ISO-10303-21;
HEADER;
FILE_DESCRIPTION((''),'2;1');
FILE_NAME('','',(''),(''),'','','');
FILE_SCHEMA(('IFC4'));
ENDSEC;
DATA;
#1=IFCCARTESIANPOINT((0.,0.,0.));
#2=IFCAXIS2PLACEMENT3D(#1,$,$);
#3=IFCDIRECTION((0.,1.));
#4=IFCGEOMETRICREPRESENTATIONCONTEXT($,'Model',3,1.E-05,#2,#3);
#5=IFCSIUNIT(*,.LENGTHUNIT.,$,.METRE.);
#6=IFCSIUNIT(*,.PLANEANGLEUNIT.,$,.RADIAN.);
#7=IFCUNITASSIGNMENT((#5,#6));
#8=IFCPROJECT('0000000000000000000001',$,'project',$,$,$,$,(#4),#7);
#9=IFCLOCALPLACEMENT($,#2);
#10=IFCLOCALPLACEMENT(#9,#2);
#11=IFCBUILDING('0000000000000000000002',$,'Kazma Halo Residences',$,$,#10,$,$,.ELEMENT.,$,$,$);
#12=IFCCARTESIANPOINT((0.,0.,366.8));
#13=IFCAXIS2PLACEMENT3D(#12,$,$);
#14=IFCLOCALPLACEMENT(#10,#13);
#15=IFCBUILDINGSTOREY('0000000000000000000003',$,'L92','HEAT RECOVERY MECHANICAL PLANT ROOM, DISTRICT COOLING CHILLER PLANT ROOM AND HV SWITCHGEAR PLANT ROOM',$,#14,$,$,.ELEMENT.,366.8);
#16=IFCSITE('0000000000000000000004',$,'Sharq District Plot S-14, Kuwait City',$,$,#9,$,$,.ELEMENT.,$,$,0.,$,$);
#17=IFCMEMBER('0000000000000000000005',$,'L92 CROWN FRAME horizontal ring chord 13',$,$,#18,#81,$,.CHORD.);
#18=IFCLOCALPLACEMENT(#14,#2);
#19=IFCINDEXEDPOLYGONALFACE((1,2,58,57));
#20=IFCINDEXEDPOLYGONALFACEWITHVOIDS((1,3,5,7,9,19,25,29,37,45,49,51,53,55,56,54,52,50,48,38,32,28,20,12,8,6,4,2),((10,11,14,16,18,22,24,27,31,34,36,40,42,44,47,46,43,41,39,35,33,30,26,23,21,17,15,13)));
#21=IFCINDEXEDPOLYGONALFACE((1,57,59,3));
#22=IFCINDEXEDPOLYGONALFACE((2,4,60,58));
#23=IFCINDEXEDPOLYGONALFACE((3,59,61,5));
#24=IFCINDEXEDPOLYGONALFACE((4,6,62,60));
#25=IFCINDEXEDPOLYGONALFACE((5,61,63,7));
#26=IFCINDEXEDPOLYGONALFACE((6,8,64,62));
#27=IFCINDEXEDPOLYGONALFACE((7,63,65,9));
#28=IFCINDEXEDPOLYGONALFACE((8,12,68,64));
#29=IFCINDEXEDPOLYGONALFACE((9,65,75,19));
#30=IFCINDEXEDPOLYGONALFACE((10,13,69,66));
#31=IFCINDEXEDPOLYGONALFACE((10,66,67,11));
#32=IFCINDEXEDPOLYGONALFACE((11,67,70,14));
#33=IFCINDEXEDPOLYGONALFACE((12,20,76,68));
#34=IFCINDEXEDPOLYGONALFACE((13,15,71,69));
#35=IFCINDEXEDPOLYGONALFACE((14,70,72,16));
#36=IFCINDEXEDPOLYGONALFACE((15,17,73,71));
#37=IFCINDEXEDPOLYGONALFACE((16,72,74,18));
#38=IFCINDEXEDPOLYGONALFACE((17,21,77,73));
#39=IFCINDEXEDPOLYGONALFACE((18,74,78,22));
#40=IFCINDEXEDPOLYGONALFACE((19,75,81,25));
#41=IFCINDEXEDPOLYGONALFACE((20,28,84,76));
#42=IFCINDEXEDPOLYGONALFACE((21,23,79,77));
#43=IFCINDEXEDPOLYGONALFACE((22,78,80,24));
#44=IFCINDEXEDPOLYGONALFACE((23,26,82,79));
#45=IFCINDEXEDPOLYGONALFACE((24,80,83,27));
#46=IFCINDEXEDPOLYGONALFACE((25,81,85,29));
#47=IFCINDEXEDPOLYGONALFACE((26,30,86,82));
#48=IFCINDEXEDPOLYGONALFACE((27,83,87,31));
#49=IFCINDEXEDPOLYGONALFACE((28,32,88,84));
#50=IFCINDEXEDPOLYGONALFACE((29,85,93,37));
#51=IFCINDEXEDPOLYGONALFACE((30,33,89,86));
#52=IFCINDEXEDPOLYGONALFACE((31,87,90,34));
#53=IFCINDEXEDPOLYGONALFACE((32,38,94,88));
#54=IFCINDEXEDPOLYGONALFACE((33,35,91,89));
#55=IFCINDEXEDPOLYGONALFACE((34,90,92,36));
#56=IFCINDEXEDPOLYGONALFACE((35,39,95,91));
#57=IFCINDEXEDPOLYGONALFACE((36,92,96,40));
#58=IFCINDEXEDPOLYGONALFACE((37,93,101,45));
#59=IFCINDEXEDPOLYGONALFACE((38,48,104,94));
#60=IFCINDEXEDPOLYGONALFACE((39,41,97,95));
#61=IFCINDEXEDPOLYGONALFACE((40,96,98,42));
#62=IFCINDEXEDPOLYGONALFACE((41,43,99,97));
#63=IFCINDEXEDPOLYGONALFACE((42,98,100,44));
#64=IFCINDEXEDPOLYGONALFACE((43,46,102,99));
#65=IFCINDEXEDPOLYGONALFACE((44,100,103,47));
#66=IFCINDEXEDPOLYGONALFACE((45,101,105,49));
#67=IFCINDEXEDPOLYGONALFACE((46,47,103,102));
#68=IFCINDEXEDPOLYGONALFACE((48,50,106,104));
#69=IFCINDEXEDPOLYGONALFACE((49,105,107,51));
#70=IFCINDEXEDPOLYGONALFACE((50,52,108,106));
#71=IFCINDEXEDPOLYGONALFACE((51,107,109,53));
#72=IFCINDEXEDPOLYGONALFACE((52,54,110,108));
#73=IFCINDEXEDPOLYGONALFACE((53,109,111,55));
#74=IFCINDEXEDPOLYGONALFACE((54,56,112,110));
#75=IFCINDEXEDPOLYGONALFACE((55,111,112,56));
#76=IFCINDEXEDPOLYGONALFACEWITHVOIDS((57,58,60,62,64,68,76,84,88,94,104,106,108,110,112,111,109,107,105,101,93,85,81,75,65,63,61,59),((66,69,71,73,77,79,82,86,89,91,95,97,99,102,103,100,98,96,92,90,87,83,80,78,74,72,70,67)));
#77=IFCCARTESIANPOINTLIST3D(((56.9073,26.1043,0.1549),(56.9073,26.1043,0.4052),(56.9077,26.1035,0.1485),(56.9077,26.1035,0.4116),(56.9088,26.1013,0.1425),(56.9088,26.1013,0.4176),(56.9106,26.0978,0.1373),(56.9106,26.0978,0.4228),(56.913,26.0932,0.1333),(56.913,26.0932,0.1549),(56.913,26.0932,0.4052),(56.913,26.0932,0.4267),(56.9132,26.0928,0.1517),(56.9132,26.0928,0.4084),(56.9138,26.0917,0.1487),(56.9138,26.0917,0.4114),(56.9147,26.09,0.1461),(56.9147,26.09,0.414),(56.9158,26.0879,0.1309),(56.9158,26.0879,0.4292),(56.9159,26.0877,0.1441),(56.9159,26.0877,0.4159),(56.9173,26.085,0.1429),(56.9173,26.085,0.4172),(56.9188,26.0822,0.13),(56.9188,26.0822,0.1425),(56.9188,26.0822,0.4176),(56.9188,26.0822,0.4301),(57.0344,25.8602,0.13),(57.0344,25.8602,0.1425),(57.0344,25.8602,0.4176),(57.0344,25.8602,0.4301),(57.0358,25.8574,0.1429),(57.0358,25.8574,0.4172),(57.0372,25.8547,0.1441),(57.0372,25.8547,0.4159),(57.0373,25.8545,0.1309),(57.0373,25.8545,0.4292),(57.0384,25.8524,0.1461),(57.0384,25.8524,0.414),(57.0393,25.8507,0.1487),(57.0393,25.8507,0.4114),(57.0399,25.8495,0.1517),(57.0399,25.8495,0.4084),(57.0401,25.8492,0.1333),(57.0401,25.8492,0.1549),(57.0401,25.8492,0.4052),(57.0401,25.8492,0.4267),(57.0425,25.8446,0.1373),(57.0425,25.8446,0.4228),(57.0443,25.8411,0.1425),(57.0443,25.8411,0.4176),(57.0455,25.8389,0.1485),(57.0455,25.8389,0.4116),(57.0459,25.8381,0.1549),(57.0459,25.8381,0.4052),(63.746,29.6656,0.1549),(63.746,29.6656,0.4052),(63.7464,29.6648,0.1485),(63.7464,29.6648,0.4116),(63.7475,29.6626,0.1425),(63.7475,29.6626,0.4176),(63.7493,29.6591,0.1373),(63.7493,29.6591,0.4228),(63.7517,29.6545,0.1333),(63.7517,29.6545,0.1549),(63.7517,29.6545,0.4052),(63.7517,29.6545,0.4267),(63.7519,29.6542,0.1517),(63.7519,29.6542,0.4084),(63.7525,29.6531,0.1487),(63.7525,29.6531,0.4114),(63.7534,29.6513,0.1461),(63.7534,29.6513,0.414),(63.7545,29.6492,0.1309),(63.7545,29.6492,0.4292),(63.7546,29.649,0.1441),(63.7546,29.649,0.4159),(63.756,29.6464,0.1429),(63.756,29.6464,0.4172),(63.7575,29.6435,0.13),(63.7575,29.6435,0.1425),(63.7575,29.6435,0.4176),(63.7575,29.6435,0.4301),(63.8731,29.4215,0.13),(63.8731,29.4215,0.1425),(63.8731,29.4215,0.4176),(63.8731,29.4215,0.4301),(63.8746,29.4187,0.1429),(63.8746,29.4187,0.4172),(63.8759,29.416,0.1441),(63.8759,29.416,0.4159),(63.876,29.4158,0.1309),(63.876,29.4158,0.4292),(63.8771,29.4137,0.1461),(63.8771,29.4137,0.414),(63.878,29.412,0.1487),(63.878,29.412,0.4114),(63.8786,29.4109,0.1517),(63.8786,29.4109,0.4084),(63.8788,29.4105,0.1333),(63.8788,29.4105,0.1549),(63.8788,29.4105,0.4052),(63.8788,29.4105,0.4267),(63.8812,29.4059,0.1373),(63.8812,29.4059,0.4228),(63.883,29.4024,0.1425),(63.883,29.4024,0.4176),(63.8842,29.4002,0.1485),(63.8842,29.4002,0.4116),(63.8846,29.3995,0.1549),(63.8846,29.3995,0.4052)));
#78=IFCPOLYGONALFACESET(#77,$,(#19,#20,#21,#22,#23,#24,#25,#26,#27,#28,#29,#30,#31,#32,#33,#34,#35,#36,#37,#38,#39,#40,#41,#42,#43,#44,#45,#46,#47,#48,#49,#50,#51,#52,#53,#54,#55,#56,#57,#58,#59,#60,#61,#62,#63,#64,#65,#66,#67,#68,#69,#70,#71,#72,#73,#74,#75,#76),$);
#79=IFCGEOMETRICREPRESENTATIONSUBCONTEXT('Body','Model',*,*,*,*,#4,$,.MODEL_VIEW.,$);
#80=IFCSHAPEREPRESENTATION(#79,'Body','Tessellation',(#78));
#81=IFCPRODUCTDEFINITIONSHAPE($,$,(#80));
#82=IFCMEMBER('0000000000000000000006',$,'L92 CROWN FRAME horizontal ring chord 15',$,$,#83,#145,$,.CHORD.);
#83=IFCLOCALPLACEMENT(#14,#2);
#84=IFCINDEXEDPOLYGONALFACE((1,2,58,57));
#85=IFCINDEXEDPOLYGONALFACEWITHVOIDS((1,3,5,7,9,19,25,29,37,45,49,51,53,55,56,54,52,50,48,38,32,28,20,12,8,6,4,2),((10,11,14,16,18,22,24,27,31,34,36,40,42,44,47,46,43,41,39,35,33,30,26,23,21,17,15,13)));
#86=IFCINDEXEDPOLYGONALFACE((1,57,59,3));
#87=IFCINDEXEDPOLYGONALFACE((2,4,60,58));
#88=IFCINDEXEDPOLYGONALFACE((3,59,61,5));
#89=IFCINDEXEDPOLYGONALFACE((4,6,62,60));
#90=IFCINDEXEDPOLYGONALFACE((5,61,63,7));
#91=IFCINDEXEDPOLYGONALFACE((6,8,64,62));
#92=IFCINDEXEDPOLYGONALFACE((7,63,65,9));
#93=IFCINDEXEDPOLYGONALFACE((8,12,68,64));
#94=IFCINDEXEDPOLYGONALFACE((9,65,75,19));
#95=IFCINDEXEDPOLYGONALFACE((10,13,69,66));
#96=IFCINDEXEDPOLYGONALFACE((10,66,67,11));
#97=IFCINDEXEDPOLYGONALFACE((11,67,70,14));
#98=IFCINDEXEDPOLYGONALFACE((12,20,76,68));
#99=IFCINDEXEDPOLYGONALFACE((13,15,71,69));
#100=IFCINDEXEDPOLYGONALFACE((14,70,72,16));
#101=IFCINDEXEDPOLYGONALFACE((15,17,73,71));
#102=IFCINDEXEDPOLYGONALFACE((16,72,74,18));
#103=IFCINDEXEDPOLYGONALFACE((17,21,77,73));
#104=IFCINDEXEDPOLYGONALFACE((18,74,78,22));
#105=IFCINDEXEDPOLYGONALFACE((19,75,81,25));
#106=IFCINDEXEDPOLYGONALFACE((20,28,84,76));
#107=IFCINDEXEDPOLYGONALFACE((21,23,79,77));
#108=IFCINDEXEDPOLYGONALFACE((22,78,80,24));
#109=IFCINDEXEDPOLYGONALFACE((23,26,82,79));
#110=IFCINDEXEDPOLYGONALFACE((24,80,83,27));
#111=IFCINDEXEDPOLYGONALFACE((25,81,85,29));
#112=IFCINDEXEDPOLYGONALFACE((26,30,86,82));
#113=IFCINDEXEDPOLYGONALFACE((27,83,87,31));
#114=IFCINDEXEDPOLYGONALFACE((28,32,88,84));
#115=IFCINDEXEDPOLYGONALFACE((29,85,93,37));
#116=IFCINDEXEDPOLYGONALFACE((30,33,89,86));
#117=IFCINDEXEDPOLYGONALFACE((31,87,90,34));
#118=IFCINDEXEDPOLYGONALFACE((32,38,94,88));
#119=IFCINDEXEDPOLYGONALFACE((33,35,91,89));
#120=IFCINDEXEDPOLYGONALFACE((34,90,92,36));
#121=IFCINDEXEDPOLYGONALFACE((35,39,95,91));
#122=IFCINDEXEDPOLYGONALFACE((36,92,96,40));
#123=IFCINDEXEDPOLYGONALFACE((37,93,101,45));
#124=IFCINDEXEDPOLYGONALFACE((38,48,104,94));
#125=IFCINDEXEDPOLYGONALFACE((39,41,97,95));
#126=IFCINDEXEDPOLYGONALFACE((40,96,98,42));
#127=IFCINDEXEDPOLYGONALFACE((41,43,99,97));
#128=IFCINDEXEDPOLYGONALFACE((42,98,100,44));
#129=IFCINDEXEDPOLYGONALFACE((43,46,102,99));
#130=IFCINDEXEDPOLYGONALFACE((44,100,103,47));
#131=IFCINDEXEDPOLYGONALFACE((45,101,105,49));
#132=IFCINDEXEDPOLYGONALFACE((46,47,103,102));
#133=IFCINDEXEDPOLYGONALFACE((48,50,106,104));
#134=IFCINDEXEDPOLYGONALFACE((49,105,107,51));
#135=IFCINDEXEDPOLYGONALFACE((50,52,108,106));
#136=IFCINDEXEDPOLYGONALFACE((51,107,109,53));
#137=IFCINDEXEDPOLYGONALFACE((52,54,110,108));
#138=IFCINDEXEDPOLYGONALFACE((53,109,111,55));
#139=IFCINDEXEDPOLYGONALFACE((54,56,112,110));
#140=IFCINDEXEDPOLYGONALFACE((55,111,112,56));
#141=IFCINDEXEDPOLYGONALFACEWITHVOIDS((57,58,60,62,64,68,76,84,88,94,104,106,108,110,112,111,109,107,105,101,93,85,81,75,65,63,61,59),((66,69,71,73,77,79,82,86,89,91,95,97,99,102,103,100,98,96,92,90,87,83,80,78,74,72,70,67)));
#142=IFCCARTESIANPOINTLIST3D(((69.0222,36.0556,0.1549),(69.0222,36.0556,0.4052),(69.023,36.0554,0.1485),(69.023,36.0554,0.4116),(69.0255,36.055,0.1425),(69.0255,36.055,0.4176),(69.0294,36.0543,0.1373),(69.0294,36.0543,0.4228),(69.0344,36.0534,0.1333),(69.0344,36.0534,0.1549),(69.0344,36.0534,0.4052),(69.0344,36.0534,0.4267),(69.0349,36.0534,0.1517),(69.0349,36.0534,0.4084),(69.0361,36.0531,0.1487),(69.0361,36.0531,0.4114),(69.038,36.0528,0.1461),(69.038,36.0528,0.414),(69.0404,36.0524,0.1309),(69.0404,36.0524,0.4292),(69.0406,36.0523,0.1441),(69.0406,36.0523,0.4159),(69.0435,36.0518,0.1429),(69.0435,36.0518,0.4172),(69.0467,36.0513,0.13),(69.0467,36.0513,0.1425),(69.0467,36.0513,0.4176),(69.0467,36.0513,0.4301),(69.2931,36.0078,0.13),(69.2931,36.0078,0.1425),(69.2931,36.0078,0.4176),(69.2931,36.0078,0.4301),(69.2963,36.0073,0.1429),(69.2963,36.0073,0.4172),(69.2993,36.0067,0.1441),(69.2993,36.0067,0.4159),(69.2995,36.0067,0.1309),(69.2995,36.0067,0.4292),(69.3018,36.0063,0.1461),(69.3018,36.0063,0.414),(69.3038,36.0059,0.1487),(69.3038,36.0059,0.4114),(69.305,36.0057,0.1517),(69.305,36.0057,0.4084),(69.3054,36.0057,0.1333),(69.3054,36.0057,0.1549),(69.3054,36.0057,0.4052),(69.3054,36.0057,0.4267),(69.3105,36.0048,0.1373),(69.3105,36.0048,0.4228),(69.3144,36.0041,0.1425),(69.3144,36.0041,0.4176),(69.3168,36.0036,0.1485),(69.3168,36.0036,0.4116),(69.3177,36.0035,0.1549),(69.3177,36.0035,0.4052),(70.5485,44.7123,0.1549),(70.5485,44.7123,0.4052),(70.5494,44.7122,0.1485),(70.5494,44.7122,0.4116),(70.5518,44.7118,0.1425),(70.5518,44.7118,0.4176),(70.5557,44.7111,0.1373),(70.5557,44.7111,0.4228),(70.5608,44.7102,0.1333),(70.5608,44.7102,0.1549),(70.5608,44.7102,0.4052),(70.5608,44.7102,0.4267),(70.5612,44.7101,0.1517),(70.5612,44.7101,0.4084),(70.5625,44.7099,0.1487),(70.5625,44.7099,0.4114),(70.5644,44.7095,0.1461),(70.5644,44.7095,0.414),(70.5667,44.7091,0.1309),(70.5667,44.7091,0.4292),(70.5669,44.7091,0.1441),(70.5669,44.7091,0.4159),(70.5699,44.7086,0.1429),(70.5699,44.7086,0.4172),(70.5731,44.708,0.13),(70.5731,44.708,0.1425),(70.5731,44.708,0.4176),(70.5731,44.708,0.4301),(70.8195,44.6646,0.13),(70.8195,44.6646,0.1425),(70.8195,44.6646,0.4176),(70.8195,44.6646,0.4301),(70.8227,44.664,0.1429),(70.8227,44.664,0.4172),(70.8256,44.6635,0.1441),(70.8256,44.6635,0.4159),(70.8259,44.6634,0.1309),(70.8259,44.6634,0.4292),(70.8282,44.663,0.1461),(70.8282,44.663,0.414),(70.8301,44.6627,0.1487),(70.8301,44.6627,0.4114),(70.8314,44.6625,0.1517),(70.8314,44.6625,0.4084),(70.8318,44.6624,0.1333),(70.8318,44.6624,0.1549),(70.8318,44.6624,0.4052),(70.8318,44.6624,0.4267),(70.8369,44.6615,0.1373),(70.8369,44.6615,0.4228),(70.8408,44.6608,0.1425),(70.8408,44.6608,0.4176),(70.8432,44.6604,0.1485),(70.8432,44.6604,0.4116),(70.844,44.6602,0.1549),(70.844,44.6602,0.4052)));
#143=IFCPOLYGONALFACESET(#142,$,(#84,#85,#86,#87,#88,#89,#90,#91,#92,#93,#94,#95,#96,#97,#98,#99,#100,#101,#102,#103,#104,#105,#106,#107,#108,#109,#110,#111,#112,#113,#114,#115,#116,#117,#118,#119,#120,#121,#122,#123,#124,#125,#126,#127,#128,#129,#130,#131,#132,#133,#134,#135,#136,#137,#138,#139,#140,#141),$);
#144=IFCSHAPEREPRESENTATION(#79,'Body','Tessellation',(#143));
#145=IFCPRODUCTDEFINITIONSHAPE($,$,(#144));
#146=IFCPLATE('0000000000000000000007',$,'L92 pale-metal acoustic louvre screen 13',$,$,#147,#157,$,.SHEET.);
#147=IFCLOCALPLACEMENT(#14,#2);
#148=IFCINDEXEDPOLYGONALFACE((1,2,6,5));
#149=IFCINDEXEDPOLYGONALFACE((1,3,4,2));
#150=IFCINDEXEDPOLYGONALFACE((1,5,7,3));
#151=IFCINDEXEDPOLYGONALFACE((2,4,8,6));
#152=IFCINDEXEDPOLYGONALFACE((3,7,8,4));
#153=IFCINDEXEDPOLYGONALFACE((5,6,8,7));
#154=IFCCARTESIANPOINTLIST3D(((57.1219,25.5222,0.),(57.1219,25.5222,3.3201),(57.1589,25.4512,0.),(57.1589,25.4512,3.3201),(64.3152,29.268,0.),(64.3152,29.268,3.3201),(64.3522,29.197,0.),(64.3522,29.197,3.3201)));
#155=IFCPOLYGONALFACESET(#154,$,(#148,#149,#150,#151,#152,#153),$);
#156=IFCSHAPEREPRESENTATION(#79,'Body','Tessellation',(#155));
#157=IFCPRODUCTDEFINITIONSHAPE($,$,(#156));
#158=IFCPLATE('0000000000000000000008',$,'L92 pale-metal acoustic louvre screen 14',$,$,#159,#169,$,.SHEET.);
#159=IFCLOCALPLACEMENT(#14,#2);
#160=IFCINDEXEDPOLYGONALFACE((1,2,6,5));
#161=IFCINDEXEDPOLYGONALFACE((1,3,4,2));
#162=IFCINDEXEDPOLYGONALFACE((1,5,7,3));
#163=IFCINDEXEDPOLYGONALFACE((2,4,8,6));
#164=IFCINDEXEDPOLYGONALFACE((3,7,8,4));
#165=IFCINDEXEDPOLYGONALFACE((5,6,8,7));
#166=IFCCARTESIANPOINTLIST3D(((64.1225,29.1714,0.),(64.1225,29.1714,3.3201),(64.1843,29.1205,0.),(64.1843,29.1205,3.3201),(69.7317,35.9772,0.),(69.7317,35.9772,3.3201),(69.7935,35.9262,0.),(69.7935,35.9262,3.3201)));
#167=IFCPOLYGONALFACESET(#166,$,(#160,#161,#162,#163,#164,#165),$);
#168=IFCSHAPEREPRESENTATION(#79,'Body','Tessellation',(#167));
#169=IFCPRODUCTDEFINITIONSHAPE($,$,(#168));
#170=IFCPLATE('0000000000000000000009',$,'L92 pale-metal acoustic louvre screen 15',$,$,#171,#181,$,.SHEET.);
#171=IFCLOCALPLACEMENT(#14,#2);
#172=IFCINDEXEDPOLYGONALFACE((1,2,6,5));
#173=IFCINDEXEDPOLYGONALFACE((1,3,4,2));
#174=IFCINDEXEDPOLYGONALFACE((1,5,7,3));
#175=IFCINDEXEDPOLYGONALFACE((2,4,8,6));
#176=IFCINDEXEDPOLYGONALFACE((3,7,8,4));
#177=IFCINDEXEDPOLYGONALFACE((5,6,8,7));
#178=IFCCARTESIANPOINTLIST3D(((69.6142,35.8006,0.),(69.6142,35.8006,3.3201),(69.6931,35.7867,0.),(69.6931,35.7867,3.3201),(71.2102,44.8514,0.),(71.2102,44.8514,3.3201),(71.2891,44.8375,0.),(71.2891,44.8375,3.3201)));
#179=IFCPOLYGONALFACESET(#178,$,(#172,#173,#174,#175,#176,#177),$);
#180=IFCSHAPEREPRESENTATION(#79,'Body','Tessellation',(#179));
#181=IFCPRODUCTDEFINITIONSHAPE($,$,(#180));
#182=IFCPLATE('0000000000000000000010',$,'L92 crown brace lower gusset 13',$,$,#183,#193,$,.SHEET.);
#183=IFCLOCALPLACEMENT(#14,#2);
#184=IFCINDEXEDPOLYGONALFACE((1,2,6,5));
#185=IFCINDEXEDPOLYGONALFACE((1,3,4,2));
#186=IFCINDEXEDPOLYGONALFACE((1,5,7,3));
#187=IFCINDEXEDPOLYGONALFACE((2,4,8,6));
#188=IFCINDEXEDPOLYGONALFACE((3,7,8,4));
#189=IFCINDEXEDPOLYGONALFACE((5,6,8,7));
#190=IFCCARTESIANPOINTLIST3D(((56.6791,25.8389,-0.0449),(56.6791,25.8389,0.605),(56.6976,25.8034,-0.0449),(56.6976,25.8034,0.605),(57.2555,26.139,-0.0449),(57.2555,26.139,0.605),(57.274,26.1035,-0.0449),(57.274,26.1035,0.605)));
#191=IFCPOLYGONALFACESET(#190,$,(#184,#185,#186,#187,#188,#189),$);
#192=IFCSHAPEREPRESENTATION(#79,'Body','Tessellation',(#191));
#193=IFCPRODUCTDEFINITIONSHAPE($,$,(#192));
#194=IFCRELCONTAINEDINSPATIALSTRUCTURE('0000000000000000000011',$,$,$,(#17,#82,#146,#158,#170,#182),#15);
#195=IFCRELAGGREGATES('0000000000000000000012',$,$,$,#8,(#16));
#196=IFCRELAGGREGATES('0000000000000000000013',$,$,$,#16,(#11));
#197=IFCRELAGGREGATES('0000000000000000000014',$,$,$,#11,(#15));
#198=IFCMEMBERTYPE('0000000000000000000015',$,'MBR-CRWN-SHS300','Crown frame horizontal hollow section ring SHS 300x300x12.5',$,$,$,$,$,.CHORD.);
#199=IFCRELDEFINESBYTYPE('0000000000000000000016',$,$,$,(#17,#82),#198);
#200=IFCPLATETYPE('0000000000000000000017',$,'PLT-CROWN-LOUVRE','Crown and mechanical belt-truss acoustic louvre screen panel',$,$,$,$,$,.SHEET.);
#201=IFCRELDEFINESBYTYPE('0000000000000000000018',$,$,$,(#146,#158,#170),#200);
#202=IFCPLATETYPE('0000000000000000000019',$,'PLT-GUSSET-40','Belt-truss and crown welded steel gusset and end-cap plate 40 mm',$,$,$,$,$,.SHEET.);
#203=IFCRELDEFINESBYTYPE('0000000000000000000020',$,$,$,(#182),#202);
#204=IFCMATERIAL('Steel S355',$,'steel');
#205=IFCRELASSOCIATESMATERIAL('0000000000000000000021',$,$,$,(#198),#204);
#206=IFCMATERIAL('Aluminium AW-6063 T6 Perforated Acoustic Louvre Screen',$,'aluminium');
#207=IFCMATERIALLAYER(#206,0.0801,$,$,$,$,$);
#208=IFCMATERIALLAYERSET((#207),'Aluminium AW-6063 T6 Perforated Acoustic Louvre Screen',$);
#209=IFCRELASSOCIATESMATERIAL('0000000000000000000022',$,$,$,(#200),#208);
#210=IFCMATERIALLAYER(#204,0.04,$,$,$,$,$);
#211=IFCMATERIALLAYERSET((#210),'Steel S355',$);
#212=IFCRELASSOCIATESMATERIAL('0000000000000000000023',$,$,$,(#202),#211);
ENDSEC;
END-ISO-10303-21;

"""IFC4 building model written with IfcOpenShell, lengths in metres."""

from ifc_helpers import new_model, si_unit, direction, frame, origin, origin_2d, place, context, subcontext, project, spatial, rectangle, hollow_rectangle, extrude, material, layer, layer_set, material_profile, profile_set, type_object, element, save


model = new_model("IFC4")

# Units and contexts
model_context = context("Model", 3, precision=1e-05, world=origin(), true_north=direction((0.0, 1.0)))
body_context = subcontext(model_context, "Body", "Model", "MODEL_VIEW")
ifc_project = project(units=[si_unit("LENGTHUNIT", "METRE"), si_unit("PLANEANGLEUNIT", "RADIAN")], contexts=[model_context])

# Site, building, storey
site_placement = place(None, origin())
site = spatial("IfcSite", under=ifc_project, at=site_placement, Name="Sharq District Plot S-14, Kuwait City", CompositionType="ELEMENT", RefElevation=0.0)
building_placement = place(site_placement, origin())
building = spatial("IfcBuilding", under=site, at=building_placement, Name="Kazma Halo Residences", CompositionType="ELEMENT")
storey_placement = place(building_placement, frame((0.0, 0.0, 366.8)))
storey = spatial("IfcBuildingStorey", under=building, at=storey_placement, Name="L92", Description="HEAT RECOVERY MECHANICAL PLANT ROOM, DISTRICT COOLING CHILLER PLANT ROOM AND HV SWITCHGEAR PLANT ROOM", CompositionType="ELEMENT", Elevation=366.8)

# Shared definitions
ifc_material_1 = material(Name="Steel S355", Category="steel")

# Members
ifc_material_profile_1 = material_profile(ifc_material_1, hollow_rectangle(XDim=0.3, YDim=0.3, WallThickness=0.0125, InnerFilletRadius=0.0125, OuterFilletRadius=0.0249, at=origin_2d()), Name="SHS300x300x12.5")
ifc_profile_set_1 = profile_set([ifc_material_profile_1], Name="Steel S355")
member_type_1 = type_object("IfcMemberType", Name="MBR-CRWN-SHS300", Description="Crown frame horizontal hollow section ring SHS 300x300x12.5", PredefinedType="CHORD", material=ifc_profile_set_1)
member_1_placement = place(storey_placement, frame((56.9766, 25.9712, 0.28), z_axis=(0.886941, 0.461883, 0.0), x_axis=(-0.461883, 0.886941, 0.0)))
element("IfcMember", 1, at=member_1_placement, inside=storey, type_object=member_type_1, Name="L92 CROWN FRAME horizontal ring chord 13", PredefinedType="CHORD", context=body_context, shape_type="SweptSolid", body=[
    extrude(hollow_rectangle(XDim=0.3, YDim=0.3, WallThickness=0.0125, InnerFilletRadius=0.0125, OuterFilletRadius=0.0249, at=origin_2d()), origin(), (0.0, 0.0, 1.0), 7.7104),
])
member_2_placement = place(storey_placement, frame((69.1699, 36.0295, 0.28), z_axis=(0.173643, 0.984809, 0.0), x_axis=(-0.984809, 0.173643, 0.0)))
element("IfcMember", 2, at=member_2_placement, inside=storey, type_object=member_type_1, Name="L92 CROWN FRAME horizontal ring chord 15", PredefinedType="CHORD", context=body_context, shape_type="SweptSolid", body=[
    extrude(hollow_rectangle(XDim=0.3, YDim=0.3, WallThickness=0.0125, InnerFilletRadius=0.0125, OuterFilletRadius=0.0249, at=origin_2d()), origin(), (0.0, 0.0, 1.0), 8.7903),
])

# Plates
ifc_material_2 = material(Name="Aluminium AW-6063 T6 Perforated Acoustic Louvre Screen", Category="aluminium")
ifc_layer_1 = layer(ifc_material_2, 0.0801)
ifc_layer_set_1 = layer_set([ifc_layer_1], Name="Aluminium AW-6063 T6 Perforated Acoustic Louvre Screen")
plate_type_1 = type_object("IfcPlateType", Name="PLT-CROWN-LOUVRE", Description="Crown and mechanical belt-truss acoustic louvre screen panel", PredefinedType="SHEET", material=ifc_layer_set_1)
plate_1_placement = place(storey_placement, frame((60.7371, 27.3596, 0.0), z_axis=(0.0, 0.0, 1.0), x_axis=(0.88695, 0.461866, 0.0)))
element("IfcPlate", 3, at=plate_1_placement, inside=storey, type_object=plate_type_1, Name="L92 pale-metal acoustic louvre screen 13", PredefinedType="SHEET", context=body_context, shape_type="SweptSolid", body=[
    extrude(rectangle(XDim=8.1101, YDim=0.0801, at=origin_2d()), origin(), (0.0, 0.0, 1.0), 3.3201),
])
plate_2_placement = place(storey_placement, frame((66.958, 32.5488, 0.0), z_axis=(0.0, 0.0, 1.0), x_axis=(0.636008, 0.771683, 0.0)))
element("IfcPlate", 4, at=plate_2_placement, inside=storey, type_object=plate_type_1, Name="L92 pale-metal acoustic louvre screen 14", PredefinedType="SHEET", context=body_context, shape_type="SweptSolid", body=[
    extrude(rectangle(XDim=8.8193, YDim=0.0801, at=origin_2d()), origin(), (0.0, 0.0, 1.0), 3.3201),
])
plate_3_placement = place(storey_placement, frame((70.4517, 40.3191, 0.0), z_axis=(0.0, 0.0, 1.0), x_axis=(0.173656, 0.984806, 0.0)))
element("IfcPlate", 5, at=plate_3_placement, inside=storey, type_object=plate_type_1, Name="L92 pale-metal acoustic louvre screen 15", PredefinedType="SHEET", context=body_context, shape_type="SweptSolid", body=[
    extrude(rectangle(XDim=9.1904, YDim=0.0801, at=origin_2d()), origin(), (0.0, 0.0, 1.0), 3.3201),
])
ifc_layer_2 = layer(ifc_material_1, 0.04)
ifc_layer_set_2 = layer_set([ifc_layer_2], Name="Steel S355")
plate_type_2 = type_object("IfcPlateType", Name="PLT-GUSSET-40", Description="Belt-truss and crown welded steel gusset and end-cap plate 40 mm", PredefinedType="SHEET", material=ifc_layer_set_2)
for number, where, z_axis, x_axis, name in (
    (6, (56.9766, 25.9712, -0.0449), (0.0, 0.0, 1.0), (0.88695, 0.461866, 0.0), "L92 crown brace lower gusset 13"),
):
    element("IfcPlate", number, at=place(storey_placement, frame(where, z_axis=z_axis, x_axis=x_axis)), inside=storey, type_object=plate_type_2, Name=name, PredefinedType="SHEET", context=body_context, shape_type="SweptSolid", body=[
        extrude(rectangle(XDim=0.6499, YDim=0.04, at=origin_2d()), origin(), (0.0, 0.0, 1.0), 0.6499),
    ])

save(model, "model.ifc")
